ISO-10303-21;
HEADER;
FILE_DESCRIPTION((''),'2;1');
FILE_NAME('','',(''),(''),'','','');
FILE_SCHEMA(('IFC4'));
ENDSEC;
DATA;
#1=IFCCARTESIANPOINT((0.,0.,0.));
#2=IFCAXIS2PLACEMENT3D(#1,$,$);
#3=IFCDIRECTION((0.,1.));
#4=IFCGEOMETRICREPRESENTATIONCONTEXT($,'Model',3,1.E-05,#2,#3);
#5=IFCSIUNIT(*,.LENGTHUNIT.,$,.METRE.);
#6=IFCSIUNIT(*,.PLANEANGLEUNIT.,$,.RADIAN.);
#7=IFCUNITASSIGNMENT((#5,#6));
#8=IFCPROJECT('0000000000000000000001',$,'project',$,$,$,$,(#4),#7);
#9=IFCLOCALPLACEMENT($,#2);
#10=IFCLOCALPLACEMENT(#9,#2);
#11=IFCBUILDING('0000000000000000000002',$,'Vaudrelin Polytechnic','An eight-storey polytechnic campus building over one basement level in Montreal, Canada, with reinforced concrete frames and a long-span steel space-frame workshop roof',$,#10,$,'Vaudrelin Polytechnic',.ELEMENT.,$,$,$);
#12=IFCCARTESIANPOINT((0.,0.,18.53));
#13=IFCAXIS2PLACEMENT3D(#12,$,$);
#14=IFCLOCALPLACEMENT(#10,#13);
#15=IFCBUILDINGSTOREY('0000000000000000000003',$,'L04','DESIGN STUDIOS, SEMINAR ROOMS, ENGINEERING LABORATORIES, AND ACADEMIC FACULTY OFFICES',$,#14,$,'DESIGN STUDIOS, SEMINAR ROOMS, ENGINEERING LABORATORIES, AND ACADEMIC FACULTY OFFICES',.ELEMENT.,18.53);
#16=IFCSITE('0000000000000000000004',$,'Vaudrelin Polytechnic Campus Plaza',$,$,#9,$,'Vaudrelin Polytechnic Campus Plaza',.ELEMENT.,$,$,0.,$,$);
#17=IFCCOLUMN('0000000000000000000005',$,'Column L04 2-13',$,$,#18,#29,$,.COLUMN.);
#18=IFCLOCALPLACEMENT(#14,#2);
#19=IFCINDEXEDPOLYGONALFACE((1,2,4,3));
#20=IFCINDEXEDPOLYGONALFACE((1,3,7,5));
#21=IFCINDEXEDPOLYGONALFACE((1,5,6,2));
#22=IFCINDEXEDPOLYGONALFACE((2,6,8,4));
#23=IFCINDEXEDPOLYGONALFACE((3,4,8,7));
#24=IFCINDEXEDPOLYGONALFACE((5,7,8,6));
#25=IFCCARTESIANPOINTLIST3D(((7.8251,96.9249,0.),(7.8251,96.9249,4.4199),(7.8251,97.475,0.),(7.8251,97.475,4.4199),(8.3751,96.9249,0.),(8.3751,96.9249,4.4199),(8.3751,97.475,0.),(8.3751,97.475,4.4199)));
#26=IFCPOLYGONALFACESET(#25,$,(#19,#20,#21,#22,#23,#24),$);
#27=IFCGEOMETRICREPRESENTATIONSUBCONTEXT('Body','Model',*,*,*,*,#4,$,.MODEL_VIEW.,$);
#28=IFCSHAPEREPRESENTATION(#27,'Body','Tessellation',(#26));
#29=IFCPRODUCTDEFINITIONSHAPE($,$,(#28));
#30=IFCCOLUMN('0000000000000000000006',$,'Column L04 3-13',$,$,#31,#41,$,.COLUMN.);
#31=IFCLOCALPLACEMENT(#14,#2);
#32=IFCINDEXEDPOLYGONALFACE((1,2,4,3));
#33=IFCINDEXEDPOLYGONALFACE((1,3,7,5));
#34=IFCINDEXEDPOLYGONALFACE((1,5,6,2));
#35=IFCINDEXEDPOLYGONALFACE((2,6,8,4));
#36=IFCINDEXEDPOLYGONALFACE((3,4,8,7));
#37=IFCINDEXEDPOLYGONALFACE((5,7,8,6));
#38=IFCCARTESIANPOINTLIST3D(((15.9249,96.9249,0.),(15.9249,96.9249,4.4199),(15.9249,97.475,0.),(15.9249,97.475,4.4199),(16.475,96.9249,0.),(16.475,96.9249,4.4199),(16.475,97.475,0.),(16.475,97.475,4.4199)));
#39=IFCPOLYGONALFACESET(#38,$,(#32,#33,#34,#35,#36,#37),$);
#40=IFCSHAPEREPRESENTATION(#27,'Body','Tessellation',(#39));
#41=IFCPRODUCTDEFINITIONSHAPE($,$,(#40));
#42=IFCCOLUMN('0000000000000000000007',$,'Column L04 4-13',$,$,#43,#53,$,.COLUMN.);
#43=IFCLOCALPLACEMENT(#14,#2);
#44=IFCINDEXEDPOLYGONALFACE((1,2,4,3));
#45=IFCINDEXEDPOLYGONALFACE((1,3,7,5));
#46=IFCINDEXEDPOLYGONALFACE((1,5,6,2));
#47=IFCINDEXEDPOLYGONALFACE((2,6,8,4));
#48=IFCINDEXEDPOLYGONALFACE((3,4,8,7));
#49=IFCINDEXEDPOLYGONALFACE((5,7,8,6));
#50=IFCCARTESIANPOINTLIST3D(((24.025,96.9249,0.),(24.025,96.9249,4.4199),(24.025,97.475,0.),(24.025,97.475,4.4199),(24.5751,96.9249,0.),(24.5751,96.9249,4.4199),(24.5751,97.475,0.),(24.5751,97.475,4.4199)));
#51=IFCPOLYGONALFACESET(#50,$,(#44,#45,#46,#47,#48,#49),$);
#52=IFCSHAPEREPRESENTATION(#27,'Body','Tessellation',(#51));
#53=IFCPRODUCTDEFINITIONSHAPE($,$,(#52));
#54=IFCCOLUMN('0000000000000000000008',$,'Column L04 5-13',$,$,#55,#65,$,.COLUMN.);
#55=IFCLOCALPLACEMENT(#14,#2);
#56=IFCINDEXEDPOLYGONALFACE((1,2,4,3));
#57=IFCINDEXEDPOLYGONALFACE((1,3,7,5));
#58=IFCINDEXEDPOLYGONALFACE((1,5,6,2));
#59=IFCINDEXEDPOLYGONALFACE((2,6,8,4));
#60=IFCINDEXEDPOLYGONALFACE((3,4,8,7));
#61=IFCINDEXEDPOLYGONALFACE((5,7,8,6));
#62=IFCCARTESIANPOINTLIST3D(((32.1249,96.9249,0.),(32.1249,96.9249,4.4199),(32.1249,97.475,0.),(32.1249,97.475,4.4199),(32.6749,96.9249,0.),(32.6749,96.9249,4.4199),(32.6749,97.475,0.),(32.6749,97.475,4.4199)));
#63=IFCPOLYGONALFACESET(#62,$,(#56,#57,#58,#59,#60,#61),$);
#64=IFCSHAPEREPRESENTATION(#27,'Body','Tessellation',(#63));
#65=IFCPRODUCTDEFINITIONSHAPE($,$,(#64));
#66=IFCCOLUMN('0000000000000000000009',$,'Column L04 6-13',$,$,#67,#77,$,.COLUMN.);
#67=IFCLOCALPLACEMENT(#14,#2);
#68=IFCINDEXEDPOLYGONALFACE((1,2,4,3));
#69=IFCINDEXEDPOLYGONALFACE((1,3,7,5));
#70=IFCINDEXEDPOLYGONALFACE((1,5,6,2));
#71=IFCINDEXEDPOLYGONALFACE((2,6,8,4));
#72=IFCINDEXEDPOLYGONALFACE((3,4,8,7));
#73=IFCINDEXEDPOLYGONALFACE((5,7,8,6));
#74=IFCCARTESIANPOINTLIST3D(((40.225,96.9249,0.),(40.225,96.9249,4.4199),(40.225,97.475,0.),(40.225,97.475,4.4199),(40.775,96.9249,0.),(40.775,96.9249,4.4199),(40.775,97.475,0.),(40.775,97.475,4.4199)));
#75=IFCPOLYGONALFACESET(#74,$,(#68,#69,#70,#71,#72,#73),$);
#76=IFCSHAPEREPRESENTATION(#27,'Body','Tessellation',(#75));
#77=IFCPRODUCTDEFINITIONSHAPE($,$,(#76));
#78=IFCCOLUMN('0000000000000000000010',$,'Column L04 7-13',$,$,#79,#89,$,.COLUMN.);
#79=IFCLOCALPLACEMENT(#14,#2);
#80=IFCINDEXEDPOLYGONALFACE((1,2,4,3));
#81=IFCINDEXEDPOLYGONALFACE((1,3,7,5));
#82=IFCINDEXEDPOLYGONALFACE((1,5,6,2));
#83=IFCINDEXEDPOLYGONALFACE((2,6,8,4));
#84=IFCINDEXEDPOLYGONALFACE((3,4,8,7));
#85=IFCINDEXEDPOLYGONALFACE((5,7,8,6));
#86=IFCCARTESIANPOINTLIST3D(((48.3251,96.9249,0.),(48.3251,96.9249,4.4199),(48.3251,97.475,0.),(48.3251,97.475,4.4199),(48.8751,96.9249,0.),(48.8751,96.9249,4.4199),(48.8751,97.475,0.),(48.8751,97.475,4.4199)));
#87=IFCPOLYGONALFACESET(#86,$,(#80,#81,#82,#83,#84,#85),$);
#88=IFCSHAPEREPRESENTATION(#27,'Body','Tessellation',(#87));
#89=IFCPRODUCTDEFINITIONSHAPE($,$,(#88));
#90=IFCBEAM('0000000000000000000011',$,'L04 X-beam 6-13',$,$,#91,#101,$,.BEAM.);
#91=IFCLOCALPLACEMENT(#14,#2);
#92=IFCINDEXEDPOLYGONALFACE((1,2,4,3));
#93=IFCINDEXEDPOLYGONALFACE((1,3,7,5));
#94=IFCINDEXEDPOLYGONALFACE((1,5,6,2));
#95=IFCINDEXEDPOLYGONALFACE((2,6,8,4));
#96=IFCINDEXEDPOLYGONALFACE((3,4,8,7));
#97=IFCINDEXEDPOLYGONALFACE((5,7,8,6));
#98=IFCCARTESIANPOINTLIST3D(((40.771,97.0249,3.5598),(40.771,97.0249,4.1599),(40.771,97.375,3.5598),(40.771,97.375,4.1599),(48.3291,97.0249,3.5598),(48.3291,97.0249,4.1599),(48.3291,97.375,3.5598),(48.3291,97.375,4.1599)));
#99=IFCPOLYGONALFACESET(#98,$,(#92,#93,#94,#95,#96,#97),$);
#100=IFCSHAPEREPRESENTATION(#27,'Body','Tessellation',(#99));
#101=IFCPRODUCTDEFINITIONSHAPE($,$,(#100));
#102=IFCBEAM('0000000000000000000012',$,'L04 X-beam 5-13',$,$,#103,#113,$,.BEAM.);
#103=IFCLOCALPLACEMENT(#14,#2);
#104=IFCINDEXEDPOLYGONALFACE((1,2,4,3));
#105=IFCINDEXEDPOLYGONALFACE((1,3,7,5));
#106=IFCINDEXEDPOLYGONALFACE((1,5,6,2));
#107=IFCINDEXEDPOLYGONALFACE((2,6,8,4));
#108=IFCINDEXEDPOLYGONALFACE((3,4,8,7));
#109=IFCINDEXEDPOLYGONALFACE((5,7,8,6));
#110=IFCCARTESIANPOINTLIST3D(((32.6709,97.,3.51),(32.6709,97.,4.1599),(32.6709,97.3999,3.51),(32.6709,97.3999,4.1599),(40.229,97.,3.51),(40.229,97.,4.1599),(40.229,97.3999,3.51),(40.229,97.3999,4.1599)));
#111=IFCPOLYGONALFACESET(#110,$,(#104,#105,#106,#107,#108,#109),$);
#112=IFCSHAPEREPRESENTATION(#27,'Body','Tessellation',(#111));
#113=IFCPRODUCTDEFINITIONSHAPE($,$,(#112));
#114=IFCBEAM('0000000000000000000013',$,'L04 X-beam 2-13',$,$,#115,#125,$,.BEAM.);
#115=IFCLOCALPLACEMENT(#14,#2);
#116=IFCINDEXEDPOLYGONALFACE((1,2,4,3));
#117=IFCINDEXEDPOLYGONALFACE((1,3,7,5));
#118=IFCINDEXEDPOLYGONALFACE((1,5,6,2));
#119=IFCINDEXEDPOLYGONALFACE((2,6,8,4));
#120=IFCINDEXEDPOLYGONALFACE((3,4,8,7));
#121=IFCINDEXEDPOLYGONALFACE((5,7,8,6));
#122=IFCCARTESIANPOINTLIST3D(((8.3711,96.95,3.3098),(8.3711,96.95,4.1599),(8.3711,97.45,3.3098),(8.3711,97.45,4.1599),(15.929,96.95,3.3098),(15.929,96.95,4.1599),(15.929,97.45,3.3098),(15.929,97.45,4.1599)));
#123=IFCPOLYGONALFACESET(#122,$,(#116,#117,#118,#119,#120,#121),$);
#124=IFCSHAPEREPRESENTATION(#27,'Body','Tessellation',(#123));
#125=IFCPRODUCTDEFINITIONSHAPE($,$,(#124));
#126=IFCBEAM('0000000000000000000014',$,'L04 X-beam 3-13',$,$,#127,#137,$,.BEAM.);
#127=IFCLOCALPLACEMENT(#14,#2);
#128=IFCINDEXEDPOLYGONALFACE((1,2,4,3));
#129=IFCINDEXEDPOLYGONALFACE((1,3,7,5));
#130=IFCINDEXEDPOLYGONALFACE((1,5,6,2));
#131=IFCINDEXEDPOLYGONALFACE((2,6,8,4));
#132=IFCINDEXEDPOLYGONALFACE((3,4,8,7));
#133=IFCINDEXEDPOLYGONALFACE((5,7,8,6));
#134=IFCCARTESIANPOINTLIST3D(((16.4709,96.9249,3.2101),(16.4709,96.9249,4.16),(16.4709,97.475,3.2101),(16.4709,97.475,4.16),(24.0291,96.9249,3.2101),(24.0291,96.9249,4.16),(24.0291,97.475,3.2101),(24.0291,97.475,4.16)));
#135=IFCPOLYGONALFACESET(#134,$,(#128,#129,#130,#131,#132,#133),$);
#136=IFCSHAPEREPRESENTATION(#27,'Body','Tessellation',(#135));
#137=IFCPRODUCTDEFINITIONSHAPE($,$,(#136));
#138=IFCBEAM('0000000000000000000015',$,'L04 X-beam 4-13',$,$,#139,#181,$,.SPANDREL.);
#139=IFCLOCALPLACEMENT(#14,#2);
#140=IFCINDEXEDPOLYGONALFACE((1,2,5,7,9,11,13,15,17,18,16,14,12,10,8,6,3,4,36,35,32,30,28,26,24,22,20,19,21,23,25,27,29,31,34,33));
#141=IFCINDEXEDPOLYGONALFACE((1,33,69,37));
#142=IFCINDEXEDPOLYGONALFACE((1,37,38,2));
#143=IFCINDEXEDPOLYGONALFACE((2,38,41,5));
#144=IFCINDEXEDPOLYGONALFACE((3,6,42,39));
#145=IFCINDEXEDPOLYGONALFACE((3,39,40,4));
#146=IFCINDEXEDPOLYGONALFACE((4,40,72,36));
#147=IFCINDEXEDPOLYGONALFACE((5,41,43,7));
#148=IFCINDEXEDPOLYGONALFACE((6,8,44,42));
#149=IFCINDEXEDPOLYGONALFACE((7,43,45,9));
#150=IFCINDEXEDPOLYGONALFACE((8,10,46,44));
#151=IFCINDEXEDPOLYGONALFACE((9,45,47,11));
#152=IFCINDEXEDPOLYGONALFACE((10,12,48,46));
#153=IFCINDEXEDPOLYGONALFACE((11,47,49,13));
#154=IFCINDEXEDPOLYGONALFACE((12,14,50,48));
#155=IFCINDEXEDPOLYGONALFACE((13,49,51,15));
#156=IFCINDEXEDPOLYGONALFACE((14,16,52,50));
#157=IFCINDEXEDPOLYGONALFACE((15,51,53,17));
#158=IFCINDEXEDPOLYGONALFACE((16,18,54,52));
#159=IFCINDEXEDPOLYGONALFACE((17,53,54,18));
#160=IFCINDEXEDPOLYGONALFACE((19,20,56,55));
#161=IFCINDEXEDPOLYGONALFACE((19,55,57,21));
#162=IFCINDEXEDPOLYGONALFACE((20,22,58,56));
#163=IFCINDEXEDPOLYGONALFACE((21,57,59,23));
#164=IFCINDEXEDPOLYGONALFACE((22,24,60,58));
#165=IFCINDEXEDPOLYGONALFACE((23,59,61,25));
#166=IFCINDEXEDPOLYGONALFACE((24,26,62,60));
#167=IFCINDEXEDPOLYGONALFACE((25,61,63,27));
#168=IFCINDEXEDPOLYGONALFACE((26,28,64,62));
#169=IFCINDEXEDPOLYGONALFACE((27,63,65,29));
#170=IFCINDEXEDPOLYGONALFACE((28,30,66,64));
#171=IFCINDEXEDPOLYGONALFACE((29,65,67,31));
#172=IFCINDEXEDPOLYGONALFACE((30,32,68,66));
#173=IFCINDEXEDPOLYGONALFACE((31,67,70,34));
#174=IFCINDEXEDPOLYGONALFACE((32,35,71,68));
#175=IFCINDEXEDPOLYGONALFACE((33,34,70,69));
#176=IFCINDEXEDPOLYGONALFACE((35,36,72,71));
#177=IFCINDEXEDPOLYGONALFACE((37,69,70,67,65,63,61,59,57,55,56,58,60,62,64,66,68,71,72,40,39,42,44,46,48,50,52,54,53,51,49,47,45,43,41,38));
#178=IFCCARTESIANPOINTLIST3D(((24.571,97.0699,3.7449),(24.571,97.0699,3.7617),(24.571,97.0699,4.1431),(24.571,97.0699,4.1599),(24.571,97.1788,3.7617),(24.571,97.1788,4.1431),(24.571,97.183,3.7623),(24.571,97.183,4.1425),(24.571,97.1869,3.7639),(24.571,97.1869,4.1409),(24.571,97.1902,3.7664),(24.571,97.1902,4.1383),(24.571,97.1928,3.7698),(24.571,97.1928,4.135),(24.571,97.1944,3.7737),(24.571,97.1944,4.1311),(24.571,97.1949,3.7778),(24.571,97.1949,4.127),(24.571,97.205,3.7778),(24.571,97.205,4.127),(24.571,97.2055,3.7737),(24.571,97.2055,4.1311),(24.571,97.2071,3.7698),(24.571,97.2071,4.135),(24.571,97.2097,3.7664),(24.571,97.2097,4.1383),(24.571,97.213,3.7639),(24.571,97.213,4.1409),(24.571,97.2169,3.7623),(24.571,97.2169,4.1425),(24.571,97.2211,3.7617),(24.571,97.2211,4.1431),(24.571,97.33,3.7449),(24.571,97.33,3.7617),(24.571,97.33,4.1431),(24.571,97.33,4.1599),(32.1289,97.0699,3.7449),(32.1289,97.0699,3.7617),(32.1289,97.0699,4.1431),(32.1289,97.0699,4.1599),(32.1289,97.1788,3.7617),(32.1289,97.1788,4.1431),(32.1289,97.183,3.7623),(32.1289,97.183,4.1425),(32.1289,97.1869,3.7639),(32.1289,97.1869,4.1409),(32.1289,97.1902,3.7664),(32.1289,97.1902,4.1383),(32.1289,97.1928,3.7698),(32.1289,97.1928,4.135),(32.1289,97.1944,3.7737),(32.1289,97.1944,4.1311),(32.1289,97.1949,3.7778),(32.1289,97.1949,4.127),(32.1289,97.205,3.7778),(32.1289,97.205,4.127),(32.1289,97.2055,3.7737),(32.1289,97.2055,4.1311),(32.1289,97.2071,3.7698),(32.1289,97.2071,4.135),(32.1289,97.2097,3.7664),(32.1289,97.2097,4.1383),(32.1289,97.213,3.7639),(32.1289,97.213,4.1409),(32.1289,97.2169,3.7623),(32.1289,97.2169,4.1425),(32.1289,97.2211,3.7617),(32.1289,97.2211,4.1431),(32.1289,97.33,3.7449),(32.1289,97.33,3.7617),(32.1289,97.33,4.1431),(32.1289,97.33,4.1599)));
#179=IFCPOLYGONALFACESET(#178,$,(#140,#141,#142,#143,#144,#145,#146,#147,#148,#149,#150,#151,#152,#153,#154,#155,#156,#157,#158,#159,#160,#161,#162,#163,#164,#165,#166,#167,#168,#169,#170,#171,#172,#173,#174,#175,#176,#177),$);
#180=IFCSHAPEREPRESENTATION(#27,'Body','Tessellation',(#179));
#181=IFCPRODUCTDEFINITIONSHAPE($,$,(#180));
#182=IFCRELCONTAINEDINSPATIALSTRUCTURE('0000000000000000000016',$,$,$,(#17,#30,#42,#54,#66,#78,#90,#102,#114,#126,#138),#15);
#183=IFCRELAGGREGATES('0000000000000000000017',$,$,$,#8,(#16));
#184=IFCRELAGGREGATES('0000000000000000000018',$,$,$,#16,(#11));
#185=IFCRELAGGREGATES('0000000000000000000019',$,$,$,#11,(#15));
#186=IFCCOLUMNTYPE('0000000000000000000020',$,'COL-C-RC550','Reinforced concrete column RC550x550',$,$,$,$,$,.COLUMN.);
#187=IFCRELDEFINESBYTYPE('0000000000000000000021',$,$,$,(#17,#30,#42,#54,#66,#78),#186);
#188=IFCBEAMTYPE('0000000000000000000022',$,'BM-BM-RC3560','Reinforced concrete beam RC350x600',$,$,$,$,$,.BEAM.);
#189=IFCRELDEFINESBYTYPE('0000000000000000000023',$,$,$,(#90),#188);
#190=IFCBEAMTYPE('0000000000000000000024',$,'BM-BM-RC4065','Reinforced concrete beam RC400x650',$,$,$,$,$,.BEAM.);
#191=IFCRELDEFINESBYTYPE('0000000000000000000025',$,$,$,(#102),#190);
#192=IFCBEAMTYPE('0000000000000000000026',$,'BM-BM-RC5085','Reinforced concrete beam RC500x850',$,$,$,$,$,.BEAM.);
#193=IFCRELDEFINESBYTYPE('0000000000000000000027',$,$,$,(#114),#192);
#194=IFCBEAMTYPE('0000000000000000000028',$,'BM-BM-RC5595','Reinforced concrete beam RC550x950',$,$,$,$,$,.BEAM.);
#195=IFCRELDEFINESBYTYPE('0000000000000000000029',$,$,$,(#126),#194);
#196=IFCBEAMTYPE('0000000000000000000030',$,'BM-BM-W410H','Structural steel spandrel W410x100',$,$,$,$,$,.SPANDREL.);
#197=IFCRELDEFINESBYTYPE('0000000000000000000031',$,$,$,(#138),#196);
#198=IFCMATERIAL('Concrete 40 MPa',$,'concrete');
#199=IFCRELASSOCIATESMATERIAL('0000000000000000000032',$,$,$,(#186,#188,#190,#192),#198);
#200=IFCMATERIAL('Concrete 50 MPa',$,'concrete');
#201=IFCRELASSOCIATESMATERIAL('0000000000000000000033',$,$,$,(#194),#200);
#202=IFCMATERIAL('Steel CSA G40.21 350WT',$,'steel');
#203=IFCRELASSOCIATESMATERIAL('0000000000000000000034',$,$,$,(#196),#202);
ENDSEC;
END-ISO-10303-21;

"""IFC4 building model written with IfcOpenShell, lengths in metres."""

from ifc_helpers import new_model, si_unit, direction, frame, origin, origin_2d, place, context, subcontext, project, spatial, rectangle, i_section, extrude, material, material_profile, profile_set, type_object, element, save


model = new_model("IFC4")

# Units and contexts
model_context = context("Model", 3, precision=1e-05, world=origin(), true_north=direction((0.0, 1.0)))
body_context = subcontext(model_context, "Body", "Model", "MODEL_VIEW")
ifc_project = project(units=[si_unit("LENGTHUNIT", "METRE"), si_unit("PLANEANGLEUNIT", "RADIAN")], contexts=[model_context])

# Site, building, storey
site_placement = place(None, origin())
site = spatial("IfcSite", under=ifc_project, at=site_placement, Name="Vaudrelin Polytechnic Campus Plaza", LongName="Vaudrelin Polytechnic Campus Plaza", CompositionType="ELEMENT", RefElevation=0.0)
building_placement = place(site_placement, origin())
building = spatial("IfcBuilding", under=site, at=building_placement, Name="Vaudrelin Polytechnic", Description="An eight-storey polytechnic campus building over one basement level in Montreal, Canada, with reinforced concrete frames and a long-span steel space-frame workshop roof", LongName="Vaudrelin Polytechnic", CompositionType="ELEMENT")
storey_placement = place(building_placement, frame((0.0, 0.0, 18.53)))
storey = spatial("IfcBuildingStorey", under=building, at=storey_placement, Name="L04", Description="DESIGN STUDIOS, SEMINAR ROOMS, ENGINEERING LABORATORIES, AND ACADEMIC FACULTY OFFICES", LongName="DESIGN STUDIOS, SEMINAR ROOMS, ENGINEERING LABORATORIES, AND ACADEMIC FACULTY OFFICES", CompositionType="ELEMENT", Elevation=18.53)

# Columns
ifc_material_1 = material(Name="Concrete 40 MPa", Category="concrete")
ifc_material_profile_1 = material_profile(ifc_material_1, rectangle(XDim=0.55, YDim=0.55, at=origin_2d()), Name="RC550x550")
ifc_profile_set_1 = profile_set([ifc_material_profile_1], Name="Concrete 40 MPa")
column_type = type_object("IfcColumnType", Name="COL-C-RC550", Description="Reinforced concrete column RC550x550", PredefinedType="COLUMN", material=ifc_profile_set_1)
for number, where, z_axis, x_axis, name in (
    (1, (8.1001, 97.2, 0.0), (0.0, 0.0, 1.0), (1.0, 0.0, 0.0), "Column L04 2-13"),
    (2, (16.2, 97.2, 0.0), (0.0, 0.0, 1.0), (1.0, 0.0, 0.0), "Column L04 3-13"),
    (3, (24.3, 97.2, 0.0), (0.0, 0.0, 1.0), (1.0, 0.0, 0.0), "Column L04 4-13"),
    (4, (32.3999, 97.2, 0.0), (0.0, 0.0, 1.0), (1.0, 0.0, 0.0), "Column L04 5-13"),
    (5, (40.5, 97.2, 0.0), (0.0, 0.0, 1.0), (1.0, 0.0, 0.0), "Column L04 6-13"),
    (6, (48.6001, 97.2, 0.0), (0.0, 0.0, 1.0), (1.0, 0.0, 0.0), "Column L04 7-13"),
):
    element("IfcColumn", number, at=place(storey_placement, frame(where, z_axis=z_axis, x_axis=x_axis)), inside=storey, type_object=column_type, Name=name, PredefinedType="COLUMN", context=body_context, shape_type="SweptSolid", body=[
        extrude(rectangle(XDim=0.55, YDim=0.55, at=origin_2d()), origin(), (0.0, 0.0, 1.0), 4.4199),
    ])

# Beams
ifc_material_profile_2 = material_profile(ifc_material_1, rectangle(XDim=0.3501, YDim=0.6001, at=origin_2d()), Name="RC350x600")
ifc_profile_set_2 = profile_set([ifc_material_profile_2], Name="Concrete 40 MPa")
beam_type_1 = type_object("IfcBeamType", Name="BM-BM-RC3560", Description="Reinforced concrete beam RC350x600", PredefinedType="BEAM", material=ifc_profile_set_2)
beam_1_placement = place(storey_placement, frame((40.771, 97.2, 3.8599), z_axis=(1.0, 0.0, 0.0), x_axis=(0.0, 1.0, 0.0)))
element("IfcBeam", 7, at=beam_1_placement, inside=storey, type_object=beam_type_1, Name="L04 X-beam 6-13", PredefinedType="BEAM", context=body_context, shape_type="SweptSolid", body=[
    extrude(rectangle(XDim=0.3501, YDim=0.6001, at=origin_2d()), origin(), (0.0, 0.0, 1.0), 7.5581),
])
ifc_material_profile_3 = material_profile(ifc_material_1, rectangle(XDim=0.3999, YDim=0.6499, at=origin_2d()), Name="RC400x650")
ifc_profile_set_3 = profile_set([ifc_material_profile_3], Name="Concrete 40 MPa")
beam_type_2 = type_object("IfcBeamType", Name="BM-BM-RC4065", Description="Reinforced concrete beam RC400x650", PredefinedType="BEAM", material=ifc_profile_set_3)
beam_2_placement = place(storey_placement, frame((32.6709, 97.2, 3.835), z_axis=(1.0, 0.0, 0.0), x_axis=(0.0, 1.0, 0.0)))
element("IfcBeam", 8, at=beam_2_placement, inside=storey, type_object=beam_type_2, Name="L04 X-beam 5-13", PredefinedType="BEAM", context=body_context, shape_type="SweptSolid", body=[
    extrude(rectangle(XDim=0.3999, YDim=0.6499, at=origin_2d()), origin(), (0.0, 0.0, 1.0), 7.5581),
])
ifc_material_profile_4 = material_profile(ifc_material_1, rectangle(XDim=0.5, YDim=0.8501, at=origin_2d()), Name="RC500x850")
ifc_profile_set_4 = profile_set([ifc_material_profile_4], Name="Concrete 40 MPa")
beam_type_3 = type_object("IfcBeamType", Name="BM-BM-RC5085", Description="Reinforced concrete beam RC500x850", PredefinedType="BEAM", material=ifc_profile_set_4)
beam_3_placement = place(storey_placement, frame((8.3711, 97.2, 3.7349), z_axis=(1.0, 0.0, 0.0), x_axis=(0.0, 1.0, 0.0)))
element("IfcBeam", 9, at=beam_3_placement, inside=storey, type_object=beam_type_3, Name="L04 X-beam 2-13", PredefinedType="BEAM", context=body_context, shape_type="SweptSolid", body=[
    extrude(rectangle(XDim=0.5, YDim=0.8501, at=origin_2d()), origin(), (0.0, 0.0, 1.0), 7.5579),
])
ifc_material_2 = material(Name="Concrete 50 MPa", Category="concrete")
ifc_material_profile_5 = material_profile(ifc_material_2, rectangle(XDim=0.55, YDim=0.95, at=origin_2d()), Name="RC550x950")
ifc_profile_set_5 = profile_set([ifc_material_profile_5], Name="Concrete 50 MPa")
beam_type_4 = type_object("IfcBeamType", Name="BM-BM-RC5595", Description="Reinforced concrete beam RC550x950", PredefinedType="BEAM", material=ifc_profile_set_5)
beam_4_placement = place(storey_placement, frame((16.4709, 97.2, 3.6851), z_axis=(1.0, 0.0, 0.0), x_axis=(0.0, 1.0, 0.0)))
element("IfcBeam", 10, at=beam_4_placement, inside=storey, type_object=beam_type_4, Name="L04 X-beam 3-13", PredefinedType="BEAM", context=body_context, shape_type="SweptSolid", body=[
    extrude(rectangle(XDim=0.55, YDim=0.95, at=origin_2d()), origin(), (0.0, 0.0, 1.0), 7.5581),
])
ifc_material_3 = material(Name="Steel CSA G40.21 350WT", Category="steel")
ifc_material_profile_6 = material_profile(ifc_material_3, i_section(OverallWidth=0.26, OverallDepth=0.415, WebThickness=0.01, FlangeThickness=0.0168, FilletRadius=0.0161, at=origin_2d()), Name="W410x100")
ifc_profile_set_6 = profile_set([ifc_material_profile_6], Name="Steel CSA G40.21 350WT")
beam_type_5 = type_object("IfcBeamType", Name="BM-BM-W410H", Description="Structural steel spandrel W410x100", PredefinedType="SPANDREL", material=ifc_profile_set_6)
for number, where, z_axis, x_axis, name in (
    (11, (24.571, 97.2, 3.9524), (1.0, 0.0, 0.0), (0.0, 1.0, 0.0), "L04 X-beam 4-13"),
):
    element("IfcBeam", number, at=place(storey_placement, frame(where, z_axis=z_axis, x_axis=x_axis)), inside=storey, type_object=beam_type_5, Name=name, PredefinedType="SPANDREL", context=body_context, shape_type="SweptSolid", body=[
        extrude(i_section(OverallWidth=0.26, OverallDepth=0.415, WebThickness=0.01, FlangeThickness=0.0168, FilletRadius=0.0161, at=origin_2d()), origin(), (0.0, 0.0, 1.0), 7.5579),
    ])

save(model, "model.ifc")
